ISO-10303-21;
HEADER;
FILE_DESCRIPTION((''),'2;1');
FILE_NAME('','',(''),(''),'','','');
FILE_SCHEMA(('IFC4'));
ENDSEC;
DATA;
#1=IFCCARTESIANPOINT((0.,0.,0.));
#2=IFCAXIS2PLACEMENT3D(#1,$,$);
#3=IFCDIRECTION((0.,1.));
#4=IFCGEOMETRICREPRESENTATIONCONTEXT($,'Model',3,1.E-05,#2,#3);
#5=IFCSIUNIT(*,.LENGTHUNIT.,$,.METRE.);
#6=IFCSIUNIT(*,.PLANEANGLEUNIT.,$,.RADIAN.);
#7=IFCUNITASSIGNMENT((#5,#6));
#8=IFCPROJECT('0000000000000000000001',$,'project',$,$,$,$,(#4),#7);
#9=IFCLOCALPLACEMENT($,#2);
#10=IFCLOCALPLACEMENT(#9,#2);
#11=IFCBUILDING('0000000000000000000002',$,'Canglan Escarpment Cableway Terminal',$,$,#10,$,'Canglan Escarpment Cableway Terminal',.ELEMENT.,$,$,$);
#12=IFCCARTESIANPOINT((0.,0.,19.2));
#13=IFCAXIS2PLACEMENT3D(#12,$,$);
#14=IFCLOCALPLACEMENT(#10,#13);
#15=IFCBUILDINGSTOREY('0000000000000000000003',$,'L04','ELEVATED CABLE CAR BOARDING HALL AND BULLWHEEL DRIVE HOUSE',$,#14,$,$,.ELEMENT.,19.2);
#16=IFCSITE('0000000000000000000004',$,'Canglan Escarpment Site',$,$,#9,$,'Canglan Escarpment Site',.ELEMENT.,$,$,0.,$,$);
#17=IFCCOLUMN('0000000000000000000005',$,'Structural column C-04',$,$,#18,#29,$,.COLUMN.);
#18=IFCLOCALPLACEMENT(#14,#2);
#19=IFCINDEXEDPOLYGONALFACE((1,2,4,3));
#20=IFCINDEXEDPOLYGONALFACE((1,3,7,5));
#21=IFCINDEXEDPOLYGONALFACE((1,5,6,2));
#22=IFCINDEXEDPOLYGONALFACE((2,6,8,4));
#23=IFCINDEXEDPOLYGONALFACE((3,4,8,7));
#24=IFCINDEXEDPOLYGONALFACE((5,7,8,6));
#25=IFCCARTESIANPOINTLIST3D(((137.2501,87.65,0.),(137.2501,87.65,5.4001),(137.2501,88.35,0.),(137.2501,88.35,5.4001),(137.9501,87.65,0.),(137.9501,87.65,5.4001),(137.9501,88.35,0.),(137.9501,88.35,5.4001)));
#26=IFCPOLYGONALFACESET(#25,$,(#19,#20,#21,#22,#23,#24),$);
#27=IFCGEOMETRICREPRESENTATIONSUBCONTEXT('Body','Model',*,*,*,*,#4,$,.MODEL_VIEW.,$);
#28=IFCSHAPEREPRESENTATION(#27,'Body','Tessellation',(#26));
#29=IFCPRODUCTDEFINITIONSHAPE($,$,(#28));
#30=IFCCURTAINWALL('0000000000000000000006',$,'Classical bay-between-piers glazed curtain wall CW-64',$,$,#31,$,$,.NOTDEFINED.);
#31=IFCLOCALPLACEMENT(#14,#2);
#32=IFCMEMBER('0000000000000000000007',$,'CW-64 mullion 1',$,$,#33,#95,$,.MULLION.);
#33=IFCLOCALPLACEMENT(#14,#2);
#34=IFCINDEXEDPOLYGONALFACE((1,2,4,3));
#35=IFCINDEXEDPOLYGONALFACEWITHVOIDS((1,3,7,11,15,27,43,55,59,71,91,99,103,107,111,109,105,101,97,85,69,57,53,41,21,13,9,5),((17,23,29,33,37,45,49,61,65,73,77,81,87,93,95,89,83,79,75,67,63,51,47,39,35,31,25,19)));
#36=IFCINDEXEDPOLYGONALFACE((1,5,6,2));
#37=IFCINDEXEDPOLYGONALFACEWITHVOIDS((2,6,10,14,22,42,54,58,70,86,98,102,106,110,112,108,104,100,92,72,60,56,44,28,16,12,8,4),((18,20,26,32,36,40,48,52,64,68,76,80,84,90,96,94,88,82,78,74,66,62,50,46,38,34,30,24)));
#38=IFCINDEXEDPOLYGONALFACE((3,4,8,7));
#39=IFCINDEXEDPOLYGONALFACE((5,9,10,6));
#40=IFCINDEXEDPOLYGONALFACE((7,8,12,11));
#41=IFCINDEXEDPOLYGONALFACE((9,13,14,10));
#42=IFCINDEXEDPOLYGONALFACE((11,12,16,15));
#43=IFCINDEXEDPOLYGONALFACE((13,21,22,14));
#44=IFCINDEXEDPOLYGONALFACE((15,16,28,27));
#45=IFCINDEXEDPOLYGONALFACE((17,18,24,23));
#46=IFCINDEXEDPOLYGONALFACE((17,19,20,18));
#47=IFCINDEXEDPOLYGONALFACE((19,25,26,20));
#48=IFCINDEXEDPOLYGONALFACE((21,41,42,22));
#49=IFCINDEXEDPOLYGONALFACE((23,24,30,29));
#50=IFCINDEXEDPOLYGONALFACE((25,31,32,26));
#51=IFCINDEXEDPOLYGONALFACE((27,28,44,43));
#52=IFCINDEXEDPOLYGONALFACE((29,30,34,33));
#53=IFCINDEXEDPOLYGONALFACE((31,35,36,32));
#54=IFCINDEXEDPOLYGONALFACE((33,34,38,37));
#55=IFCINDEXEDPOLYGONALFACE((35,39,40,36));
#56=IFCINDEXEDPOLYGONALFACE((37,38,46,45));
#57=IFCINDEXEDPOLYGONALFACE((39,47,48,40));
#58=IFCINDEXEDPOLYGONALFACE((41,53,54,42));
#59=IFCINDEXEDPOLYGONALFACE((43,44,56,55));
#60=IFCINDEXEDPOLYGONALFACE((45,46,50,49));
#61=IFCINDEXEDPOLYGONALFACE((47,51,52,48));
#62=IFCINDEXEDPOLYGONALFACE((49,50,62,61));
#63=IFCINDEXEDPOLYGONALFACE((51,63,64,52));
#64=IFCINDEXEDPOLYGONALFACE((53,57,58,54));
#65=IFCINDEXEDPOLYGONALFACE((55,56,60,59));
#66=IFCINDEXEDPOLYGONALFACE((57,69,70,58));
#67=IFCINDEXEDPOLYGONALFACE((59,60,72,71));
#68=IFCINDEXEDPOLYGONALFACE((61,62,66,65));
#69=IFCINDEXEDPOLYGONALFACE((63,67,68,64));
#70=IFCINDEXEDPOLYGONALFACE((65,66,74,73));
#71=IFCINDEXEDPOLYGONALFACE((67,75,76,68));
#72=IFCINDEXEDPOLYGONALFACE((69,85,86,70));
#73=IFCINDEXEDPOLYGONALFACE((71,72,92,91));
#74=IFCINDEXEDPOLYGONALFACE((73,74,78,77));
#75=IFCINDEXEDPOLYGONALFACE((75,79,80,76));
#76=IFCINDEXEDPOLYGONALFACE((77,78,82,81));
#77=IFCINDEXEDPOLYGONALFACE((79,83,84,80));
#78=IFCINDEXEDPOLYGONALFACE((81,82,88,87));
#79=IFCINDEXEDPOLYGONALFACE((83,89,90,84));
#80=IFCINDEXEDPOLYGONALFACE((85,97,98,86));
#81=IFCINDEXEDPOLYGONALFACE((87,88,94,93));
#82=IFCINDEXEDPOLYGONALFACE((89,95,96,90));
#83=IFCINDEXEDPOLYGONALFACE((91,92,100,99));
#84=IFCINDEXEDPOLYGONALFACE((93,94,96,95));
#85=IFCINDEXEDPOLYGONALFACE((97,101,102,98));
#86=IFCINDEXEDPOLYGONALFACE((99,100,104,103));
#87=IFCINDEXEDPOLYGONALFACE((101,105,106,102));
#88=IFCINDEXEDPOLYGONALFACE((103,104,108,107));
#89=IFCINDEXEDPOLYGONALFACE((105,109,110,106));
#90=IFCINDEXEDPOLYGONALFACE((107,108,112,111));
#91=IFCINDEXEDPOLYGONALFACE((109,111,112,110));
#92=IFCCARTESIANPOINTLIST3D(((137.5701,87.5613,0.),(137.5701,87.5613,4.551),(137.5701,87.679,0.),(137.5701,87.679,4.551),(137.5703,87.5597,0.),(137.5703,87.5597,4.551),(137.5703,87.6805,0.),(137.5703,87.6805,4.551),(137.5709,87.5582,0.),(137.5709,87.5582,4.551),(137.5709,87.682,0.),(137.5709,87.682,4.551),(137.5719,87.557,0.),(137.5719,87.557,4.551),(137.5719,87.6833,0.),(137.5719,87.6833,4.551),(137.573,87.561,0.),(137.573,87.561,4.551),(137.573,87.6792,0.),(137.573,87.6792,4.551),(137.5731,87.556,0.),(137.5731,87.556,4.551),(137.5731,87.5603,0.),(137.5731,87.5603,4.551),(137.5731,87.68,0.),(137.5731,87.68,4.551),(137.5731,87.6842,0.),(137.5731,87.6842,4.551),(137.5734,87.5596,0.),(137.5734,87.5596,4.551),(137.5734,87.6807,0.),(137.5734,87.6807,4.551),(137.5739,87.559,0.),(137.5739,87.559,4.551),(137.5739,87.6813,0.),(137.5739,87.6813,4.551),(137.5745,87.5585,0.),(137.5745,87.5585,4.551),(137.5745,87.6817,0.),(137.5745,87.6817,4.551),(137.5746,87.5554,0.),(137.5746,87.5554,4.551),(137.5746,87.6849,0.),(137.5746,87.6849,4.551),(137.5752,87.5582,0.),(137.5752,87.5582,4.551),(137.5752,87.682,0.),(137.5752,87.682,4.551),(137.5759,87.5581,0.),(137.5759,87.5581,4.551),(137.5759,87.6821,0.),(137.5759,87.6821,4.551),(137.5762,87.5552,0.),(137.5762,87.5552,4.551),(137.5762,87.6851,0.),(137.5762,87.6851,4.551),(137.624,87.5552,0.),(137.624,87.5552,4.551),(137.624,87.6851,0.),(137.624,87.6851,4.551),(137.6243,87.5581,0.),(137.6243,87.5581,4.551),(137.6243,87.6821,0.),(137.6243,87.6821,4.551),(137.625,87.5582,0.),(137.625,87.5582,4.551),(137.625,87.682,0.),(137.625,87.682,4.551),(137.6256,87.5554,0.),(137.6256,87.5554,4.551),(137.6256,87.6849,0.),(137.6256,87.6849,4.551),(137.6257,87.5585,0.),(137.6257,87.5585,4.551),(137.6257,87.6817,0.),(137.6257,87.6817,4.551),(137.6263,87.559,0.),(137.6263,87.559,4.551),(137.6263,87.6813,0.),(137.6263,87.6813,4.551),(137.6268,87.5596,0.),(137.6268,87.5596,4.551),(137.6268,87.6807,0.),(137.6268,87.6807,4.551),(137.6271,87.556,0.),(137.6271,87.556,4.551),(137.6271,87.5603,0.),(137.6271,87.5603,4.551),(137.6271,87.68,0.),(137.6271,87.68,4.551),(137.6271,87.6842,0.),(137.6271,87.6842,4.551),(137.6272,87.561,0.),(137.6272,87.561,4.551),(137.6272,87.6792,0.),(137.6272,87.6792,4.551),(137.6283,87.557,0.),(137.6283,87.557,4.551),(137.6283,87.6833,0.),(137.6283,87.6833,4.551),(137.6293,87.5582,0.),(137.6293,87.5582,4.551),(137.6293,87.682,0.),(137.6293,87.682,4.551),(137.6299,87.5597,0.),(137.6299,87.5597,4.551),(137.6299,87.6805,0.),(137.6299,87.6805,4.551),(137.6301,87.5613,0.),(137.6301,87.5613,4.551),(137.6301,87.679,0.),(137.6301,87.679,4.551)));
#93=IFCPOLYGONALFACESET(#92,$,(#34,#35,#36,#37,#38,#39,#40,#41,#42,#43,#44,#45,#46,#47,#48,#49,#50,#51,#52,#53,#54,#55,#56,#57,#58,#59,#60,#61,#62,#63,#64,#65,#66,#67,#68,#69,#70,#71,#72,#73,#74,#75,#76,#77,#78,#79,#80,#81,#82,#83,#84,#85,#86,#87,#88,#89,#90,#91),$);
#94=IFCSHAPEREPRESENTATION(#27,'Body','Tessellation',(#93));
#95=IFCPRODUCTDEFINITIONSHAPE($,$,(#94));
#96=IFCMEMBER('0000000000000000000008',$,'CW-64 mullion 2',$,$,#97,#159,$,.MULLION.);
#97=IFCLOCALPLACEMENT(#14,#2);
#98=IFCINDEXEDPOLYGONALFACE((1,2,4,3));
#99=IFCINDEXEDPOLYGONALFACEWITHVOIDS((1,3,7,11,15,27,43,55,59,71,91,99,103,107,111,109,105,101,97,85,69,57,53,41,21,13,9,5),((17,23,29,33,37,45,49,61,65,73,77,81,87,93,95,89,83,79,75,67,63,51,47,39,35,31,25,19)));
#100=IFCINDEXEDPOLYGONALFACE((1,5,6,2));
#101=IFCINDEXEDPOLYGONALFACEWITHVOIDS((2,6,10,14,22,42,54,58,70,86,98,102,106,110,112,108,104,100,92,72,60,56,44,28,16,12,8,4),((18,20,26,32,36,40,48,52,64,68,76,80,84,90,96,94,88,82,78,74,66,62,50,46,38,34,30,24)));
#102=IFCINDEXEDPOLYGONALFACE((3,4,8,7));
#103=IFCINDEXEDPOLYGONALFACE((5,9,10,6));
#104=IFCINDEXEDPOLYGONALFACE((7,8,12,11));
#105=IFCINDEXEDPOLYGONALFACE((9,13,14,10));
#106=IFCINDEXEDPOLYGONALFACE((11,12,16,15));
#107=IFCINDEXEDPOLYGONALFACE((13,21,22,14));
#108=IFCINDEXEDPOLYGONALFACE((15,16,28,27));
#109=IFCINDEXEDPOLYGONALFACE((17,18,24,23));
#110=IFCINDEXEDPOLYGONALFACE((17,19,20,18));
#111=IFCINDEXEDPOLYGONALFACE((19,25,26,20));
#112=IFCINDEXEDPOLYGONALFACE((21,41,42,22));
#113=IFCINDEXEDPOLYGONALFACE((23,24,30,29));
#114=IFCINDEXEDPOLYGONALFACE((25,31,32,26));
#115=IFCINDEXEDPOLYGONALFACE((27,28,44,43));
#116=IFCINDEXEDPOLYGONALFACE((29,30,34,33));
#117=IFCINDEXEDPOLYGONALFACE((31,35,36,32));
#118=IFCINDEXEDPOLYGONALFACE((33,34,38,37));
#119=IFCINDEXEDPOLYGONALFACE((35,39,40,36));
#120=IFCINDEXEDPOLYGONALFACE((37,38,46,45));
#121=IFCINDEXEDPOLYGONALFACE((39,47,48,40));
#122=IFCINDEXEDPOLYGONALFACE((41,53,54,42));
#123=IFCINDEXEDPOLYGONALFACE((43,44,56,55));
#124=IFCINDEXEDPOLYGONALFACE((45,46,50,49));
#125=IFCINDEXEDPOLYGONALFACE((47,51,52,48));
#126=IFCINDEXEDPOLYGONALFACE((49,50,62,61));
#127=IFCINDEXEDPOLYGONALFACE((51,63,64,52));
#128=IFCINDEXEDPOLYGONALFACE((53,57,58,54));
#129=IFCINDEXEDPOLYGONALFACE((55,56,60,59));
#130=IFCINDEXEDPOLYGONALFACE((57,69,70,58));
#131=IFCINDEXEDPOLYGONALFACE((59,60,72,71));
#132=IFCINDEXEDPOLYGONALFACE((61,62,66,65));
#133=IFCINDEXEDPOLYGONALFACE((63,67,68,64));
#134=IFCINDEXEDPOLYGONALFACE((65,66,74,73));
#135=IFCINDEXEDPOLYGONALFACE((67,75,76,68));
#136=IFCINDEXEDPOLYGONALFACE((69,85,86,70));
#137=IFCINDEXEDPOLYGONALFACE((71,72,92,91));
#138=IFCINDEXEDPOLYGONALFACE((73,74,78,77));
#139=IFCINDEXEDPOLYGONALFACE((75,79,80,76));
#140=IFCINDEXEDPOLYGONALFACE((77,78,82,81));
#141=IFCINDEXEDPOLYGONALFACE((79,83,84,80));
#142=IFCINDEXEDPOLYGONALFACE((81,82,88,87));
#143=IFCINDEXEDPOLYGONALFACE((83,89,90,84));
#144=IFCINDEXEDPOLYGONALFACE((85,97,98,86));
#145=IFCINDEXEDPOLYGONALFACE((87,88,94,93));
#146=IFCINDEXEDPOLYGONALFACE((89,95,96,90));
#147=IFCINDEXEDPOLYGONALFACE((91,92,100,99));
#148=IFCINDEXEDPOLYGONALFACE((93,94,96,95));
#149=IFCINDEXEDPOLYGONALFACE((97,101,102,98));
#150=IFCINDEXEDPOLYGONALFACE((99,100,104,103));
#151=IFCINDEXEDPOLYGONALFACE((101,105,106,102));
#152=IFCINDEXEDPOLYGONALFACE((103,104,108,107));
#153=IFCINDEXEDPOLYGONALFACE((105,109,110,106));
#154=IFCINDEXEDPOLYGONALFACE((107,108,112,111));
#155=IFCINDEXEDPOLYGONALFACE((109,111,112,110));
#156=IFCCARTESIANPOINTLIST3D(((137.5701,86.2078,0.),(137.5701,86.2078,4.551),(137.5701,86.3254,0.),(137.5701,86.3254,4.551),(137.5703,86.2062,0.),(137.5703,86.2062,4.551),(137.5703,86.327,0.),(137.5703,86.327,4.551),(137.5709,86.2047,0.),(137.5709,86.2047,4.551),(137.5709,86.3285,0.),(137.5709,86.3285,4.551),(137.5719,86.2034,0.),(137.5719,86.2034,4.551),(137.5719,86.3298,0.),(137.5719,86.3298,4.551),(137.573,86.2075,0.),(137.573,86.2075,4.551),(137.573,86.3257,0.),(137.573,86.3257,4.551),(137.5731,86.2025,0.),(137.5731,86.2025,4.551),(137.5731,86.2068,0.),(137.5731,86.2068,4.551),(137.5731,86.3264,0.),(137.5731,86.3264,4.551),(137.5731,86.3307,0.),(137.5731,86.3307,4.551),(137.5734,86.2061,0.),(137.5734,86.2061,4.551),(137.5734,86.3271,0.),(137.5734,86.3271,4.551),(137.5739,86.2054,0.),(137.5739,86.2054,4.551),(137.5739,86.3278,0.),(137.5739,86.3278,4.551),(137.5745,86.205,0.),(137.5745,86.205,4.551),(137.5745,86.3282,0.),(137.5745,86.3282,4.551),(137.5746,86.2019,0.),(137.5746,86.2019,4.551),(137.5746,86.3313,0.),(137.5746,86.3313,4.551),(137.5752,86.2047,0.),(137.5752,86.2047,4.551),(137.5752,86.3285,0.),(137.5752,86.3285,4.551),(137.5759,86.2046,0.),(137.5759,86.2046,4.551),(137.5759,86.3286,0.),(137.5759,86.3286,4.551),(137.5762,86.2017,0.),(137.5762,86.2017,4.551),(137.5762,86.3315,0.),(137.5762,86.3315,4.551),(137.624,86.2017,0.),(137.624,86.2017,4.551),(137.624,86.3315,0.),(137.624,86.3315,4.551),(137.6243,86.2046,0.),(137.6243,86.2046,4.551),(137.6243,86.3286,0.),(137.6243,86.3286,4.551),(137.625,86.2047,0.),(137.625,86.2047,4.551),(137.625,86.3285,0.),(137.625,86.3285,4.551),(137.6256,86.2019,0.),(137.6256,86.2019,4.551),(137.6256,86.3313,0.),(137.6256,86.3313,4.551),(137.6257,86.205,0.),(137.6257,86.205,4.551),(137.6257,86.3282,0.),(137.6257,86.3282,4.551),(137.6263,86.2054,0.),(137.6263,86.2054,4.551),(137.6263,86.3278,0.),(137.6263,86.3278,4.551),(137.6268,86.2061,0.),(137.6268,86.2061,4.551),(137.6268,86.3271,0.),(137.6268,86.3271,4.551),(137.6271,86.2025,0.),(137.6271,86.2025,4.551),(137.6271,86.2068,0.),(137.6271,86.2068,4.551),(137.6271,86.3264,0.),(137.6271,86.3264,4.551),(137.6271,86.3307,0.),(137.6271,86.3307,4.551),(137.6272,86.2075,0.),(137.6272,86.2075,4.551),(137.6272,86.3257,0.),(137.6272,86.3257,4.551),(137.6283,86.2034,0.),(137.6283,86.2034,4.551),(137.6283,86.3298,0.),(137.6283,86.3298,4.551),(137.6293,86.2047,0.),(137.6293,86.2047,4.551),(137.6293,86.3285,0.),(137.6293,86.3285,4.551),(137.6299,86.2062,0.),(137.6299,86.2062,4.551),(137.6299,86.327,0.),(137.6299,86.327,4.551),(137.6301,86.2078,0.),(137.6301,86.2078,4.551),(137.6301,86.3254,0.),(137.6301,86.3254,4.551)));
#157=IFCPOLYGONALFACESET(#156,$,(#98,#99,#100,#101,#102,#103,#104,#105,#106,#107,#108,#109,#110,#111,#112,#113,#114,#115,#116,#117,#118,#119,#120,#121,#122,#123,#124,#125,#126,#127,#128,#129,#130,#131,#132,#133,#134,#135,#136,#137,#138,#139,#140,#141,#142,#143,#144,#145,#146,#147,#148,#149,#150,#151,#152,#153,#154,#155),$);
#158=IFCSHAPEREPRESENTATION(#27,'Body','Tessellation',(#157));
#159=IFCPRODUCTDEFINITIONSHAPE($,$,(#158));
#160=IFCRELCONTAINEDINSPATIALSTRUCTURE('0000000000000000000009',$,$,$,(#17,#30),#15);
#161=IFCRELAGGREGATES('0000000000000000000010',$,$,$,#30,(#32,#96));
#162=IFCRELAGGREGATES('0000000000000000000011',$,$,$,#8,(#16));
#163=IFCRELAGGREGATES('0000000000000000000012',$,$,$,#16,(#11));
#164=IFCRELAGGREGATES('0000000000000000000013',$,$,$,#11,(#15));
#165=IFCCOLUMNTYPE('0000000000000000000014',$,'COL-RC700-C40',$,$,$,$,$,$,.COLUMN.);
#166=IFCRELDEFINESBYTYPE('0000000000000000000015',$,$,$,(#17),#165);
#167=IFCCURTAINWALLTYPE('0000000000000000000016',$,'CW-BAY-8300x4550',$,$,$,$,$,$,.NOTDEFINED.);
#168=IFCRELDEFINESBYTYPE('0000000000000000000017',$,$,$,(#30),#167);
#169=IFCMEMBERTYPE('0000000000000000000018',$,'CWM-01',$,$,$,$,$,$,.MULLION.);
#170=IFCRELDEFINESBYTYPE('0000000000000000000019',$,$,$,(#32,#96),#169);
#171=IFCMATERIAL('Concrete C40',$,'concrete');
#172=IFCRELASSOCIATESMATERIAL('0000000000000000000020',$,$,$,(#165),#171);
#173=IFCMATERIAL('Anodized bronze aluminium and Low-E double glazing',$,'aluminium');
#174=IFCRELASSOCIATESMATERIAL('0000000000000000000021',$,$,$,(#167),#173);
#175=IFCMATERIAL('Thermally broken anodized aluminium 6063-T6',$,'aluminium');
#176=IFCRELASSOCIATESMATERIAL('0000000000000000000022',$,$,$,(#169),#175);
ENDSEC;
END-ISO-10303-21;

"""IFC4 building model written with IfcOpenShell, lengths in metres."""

from ifc_helpers import new_model, si_unit, direction, frame, origin, origin_2d, place, context, subcontext, project, spatial, rectangle, hollow_rectangle, extrude, material, material_profile, profile_set, type_object, element, aggregate, save


model = new_model("IFC4")

# Units and contexts
model_context = context("Model", 3, precision=1e-05, world=origin(), true_north=direction((0.0, 1.0)))
body_context = subcontext(model_context, "Body", "Model", "MODEL_VIEW")
ifc_project = project(units=[si_unit("LENGTHUNIT", "METRE"), si_unit("PLANEANGLEUNIT", "RADIAN")], contexts=[model_context])

# Site, building, storey
site_placement = place(None, origin())
site = spatial("IfcSite", under=ifc_project, at=site_placement, Name="Canglan Escarpment Site", LongName="Canglan Escarpment Site", CompositionType="ELEMENT", RefElevation=0.0)
building_placement = place(site_placement, origin())
building = spatial("IfcBuilding", under=site, at=building_placement, Name="Canglan Escarpment Cableway Terminal", LongName="Canglan Escarpment Cableway Terminal", CompositionType="ELEMENT")
storey_placement = place(building_placement, frame((0.0, 0.0, 19.2)))
storey = spatial("IfcBuildingStorey", under=building, at=storey_placement, Name="L04", Description="ELEVATED CABLE CAR BOARDING HALL AND BULLWHEEL DRIVE HOUSE", CompositionType="ELEMENT", Elevation=19.2)

# Column
ifc_material_1 = material(Name="Concrete C40", Category="concrete")
ifc_material_profile_1 = material_profile(ifc_material_1, rectangle(XDim=0.7, YDim=0.7, at=origin_2d()), Name="RC 700x700")
ifc_profile_set_1 = profile_set([ifc_material_profile_1], Name="Concrete C40")
column_type = type_object("IfcColumnType", Name="COL-RC700-C40", PredefinedType="COLUMN", material=ifc_profile_set_1)
column_placement = place(storey_placement, frame((137.6001, 88.0, 0.0), z_axis=(0.0, 0.0, 1.0), x_axis=(1.0, 0.0, 0.0)))
element("IfcColumn", 1, at=column_placement, inside=storey, type_object=column_type, Name="Structural column C-04", PredefinedType="COLUMN", context=body_context, shape_type="SweptSolid", body=[
    extrude(rectangle(XDim=0.7, YDim=0.7, at=origin_2d()), origin(), (0.0, 0.0, 1.0), 5.4001),
])

# Curtain wall, members
ifc_material_2 = material(Name="Anodized bronze aluminium and Low-E double glazing", Category="aluminium")
curtain_wall_type = type_object("IfcCurtainWallType", Name="CW-BAY-8300x4550", PredefinedType="NOTDEFINED", material=ifc_material_2)
curtain_wall_placement = place(storey_placement, origin())
curtain_wall = element("IfcCurtainWall", 2, at=curtain_wall_placement, inside=storey, type_object=curtain_wall_type, Name="Classical bay-between-piers glazed curtain wall CW-64", PredefinedType="NOTDEFINED")
ifc_material_3 = material(Name="Thermally broken anodized aluminium 6063-T6", Category="aluminium")
ifc_material_profile_2 = material_profile(ifc_material_3, hollow_rectangle(XDim=0.0601, YDim=0.1299, WallThickness=0.0029, InnerFilletRadius=0.0029, OuterFilletRadius=0.0061, at=origin_2d()), Name="ALU-MULL 60x130x3")
ifc_profile_set_2 = profile_set([ifc_material_profile_2], Name="Thermally broken anodized aluminium 6063-T6")
member_type_1 = type_object("IfcMemberType", Name="CWM-01", PredefinedType="MULLION", material=ifc_profile_set_2)
member_1_placement = place(storey_placement, frame((137.6001, 87.6201, 0.0), z_axis=(0.0, 0.0, 1.0), x_axis=(1.0, 0.0, 0.0)))
member_1 = element("IfcMember", 3, at=member_1_placement, type_object=member_type_1, Name="CW-64 mullion 1", PredefinedType="MULLION", context=body_context, shape_type="SweptSolid", body=[
    extrude(hollow_rectangle(XDim=0.0601, YDim=0.1299, WallThickness=0.0029, InnerFilletRadius=0.0029, OuterFilletRadius=0.0061, at=origin_2d()), origin(), (0.0, 0.0, 1.0), 4.551),
])
member_2_placement = place(storey_placement, frame((137.6001, 86.2666, 0.0), z_axis=(0.0, 0.0, 1.0), x_axis=(1.0, 0.0, 0.0)))
member_2 = element("IfcMember", 4, at=member_2_placement, type_object=member_type_1, Name="CW-64 mullion 2", PredefinedType="MULLION", context=body_context, shape_type="SweptSolid", body=[
    extrude(hollow_rectangle(XDim=0.0601, YDim=0.1299, WallThickness=0.0029, InnerFilletRadius=0.0029, OuterFilletRadius=0.0061, at=origin_2d()), origin(), (0.0, 0.0, 1.0), 4.551),
])
aggregate(curtain_wall, [member_1, member_2])

save(model, "model.ifc")
